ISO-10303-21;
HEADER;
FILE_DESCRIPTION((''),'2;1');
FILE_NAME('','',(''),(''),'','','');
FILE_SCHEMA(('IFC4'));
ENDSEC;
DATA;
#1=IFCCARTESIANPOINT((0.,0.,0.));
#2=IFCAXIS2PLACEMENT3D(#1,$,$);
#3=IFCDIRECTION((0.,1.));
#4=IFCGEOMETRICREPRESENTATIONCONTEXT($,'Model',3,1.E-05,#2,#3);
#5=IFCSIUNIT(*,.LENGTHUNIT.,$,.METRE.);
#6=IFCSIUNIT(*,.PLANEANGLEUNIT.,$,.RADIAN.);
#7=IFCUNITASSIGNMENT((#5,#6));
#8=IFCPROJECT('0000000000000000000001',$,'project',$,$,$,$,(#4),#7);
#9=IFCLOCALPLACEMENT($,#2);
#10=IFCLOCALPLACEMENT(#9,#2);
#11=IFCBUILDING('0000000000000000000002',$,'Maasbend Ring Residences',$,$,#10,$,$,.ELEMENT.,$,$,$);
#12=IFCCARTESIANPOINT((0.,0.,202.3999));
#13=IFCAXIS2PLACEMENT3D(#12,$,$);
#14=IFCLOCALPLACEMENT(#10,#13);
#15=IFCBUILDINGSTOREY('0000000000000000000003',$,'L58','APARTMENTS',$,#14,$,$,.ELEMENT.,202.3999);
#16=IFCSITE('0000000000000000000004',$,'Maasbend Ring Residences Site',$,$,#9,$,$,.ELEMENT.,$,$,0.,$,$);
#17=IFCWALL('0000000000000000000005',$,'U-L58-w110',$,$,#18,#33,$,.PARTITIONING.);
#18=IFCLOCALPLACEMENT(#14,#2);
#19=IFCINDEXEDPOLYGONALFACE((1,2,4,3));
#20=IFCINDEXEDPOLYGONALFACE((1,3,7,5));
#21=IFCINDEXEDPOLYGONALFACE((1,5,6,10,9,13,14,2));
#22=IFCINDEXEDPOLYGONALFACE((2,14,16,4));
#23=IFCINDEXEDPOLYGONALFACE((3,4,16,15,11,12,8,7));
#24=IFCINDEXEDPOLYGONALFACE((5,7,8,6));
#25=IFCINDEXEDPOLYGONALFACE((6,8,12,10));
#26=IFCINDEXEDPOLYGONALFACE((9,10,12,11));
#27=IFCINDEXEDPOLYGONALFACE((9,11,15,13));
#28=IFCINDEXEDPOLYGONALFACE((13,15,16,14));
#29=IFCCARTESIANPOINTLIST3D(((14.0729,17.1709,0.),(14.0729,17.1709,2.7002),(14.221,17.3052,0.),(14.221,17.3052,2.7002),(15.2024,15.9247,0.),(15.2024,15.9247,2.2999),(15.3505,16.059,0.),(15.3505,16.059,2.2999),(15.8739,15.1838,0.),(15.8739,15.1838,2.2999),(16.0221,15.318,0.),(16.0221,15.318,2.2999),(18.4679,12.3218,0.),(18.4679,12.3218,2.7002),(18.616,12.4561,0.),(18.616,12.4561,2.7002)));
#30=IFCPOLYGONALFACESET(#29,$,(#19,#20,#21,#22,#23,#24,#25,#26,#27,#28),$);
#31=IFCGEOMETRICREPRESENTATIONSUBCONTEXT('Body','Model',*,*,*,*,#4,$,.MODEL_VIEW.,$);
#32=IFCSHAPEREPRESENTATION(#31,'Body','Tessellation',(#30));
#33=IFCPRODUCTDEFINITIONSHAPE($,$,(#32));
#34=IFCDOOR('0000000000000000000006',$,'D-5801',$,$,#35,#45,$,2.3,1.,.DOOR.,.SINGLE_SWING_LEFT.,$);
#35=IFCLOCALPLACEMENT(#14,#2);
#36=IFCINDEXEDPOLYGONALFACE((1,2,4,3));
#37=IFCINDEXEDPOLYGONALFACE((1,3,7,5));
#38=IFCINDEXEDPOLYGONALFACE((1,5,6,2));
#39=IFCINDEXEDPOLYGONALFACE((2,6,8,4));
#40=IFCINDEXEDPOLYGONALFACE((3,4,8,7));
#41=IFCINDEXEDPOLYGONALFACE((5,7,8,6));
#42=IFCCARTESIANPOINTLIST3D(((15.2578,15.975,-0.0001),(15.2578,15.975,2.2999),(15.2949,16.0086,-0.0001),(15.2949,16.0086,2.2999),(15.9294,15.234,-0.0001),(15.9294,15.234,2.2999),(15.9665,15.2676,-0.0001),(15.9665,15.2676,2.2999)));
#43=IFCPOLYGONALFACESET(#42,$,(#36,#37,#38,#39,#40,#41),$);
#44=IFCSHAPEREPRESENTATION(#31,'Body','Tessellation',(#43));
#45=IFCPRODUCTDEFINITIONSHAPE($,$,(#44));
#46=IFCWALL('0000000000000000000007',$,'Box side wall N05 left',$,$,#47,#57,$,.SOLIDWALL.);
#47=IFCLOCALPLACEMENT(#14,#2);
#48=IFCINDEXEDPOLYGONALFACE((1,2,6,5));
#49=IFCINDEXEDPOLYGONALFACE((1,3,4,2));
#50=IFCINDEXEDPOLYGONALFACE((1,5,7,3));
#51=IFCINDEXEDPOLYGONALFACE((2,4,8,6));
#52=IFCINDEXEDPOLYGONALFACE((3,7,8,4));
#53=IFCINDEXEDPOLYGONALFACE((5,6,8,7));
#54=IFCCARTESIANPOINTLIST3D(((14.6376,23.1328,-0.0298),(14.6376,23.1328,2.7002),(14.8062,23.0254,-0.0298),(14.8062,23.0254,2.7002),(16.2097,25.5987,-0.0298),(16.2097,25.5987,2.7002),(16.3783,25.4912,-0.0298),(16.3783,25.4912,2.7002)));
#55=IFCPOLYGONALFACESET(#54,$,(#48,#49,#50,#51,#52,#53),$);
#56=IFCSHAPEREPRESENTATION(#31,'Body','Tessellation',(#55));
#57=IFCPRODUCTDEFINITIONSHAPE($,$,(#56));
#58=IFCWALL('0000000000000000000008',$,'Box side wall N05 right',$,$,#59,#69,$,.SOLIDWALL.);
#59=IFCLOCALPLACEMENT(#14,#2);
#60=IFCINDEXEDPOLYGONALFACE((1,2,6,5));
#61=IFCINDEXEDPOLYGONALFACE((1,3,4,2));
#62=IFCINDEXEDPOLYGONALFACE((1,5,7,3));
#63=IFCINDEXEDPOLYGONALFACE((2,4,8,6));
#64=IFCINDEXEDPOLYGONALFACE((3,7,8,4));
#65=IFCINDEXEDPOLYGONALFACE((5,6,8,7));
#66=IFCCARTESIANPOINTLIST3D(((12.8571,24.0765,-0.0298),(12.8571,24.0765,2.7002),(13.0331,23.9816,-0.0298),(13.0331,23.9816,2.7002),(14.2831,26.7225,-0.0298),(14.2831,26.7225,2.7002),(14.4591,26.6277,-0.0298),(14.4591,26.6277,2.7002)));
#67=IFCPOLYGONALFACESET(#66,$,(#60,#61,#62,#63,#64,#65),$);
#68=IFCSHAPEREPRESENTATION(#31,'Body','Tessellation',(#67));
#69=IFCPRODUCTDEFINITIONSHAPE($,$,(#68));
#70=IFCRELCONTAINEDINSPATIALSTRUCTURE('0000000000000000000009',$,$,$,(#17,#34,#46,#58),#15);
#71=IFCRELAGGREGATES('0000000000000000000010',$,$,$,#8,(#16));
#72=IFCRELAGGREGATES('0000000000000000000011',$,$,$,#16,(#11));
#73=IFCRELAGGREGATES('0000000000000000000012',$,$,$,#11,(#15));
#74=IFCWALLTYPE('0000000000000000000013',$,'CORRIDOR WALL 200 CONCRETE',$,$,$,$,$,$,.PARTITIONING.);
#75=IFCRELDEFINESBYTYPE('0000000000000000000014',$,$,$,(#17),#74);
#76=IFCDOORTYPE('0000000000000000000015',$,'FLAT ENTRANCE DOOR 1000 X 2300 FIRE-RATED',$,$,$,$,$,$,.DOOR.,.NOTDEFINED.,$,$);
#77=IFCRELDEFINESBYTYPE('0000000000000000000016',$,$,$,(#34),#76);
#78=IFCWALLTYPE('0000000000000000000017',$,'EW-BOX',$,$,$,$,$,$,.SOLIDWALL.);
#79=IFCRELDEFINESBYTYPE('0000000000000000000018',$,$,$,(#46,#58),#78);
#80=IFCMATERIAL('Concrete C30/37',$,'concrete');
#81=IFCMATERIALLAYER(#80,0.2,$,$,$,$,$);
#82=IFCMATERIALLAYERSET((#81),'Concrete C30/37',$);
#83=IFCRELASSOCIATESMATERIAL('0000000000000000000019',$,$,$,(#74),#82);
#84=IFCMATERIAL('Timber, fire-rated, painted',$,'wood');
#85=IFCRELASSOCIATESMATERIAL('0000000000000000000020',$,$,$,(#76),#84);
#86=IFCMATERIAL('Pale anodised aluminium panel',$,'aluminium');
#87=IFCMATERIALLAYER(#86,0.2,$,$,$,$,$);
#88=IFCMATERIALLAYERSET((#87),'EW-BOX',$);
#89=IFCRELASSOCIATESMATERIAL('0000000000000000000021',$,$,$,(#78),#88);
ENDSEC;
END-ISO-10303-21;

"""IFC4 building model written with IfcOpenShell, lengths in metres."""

from ifc_helpers import new_model, si_unit, direction, frame, frame_2d, origin, place, context, subcontext, project, spatial, rectangle, extrude, material, layer, layer_set, type_object, element, fill, save


model = new_model("IFC4")

# Units and contexts
model_context = context("Model", 3, precision=1e-05, world=origin(), true_north=direction((0.0, 1.0)))
body_context = subcontext(model_context, "Body", "Model", "MODEL_VIEW")
ifc_project = project(units=[si_unit("LENGTHUNIT", "METRE"), si_unit("PLANEANGLEUNIT", "RADIAN")], contexts=[model_context])

# Site, building, storey
site_placement = place(None, origin())
site = spatial("IfcSite", under=ifc_project, at=site_placement, Name="Maasbend Ring Residences Site", CompositionType="ELEMENT", RefElevation=0.0)
building_placement = place(site_placement, origin())
building = spatial("IfcBuilding", under=site, at=building_placement, Name="Maasbend Ring Residences", CompositionType="ELEMENT")
storey_placement = place(building_placement, frame((0.0, 0.0, 202.3999)))
storey = spatial("IfcBuildingStorey", under=building, at=storey_placement, Name="L58", Description="APARTMENTS", CompositionType="ELEMENT", Elevation=202.3999)

# Wall, opening, door
ifc_material_1 = material(Name="Concrete C30/37", Category="concrete")
ifc_layer_1 = layer(ifc_material_1, 0.2)
ifc_layer_set_1 = layer_set([ifc_layer_1], Name="Concrete C30/37")
wall_type_1 = type_object("IfcWallType", Name="CORRIDOR WALL 200 CONCRETE", PredefinedType="PARTITIONING", material=ifc_layer_set_1)
wall_1_placement = place(storey_placement, frame((14.147, 17.238, 0.0), z_axis=(0.0, 0.0, 1.0), x_axis=(0.671562, -0.740949, 0.0)))
wall_1 = element("IfcWall", 1, at=wall_1_placement, inside=storey, type_object=wall_type_1, Name="U-L58-w110", PredefinedType="PARTITIONING", context=body_context, shape_type="SweptSolid", body=[
    extrude(rectangle(XDim=6.5444, YDim=0.2, at=frame_2d((3.2722, 0.0))), origin(), (0.0, 0.0, 1.0), 2.7002),
])
opening_1_placement = place(wall_1_placement, frame((1.6819, 0.0, 0.0)))
opening_1 = element("IfcOpeningElement", 2, at=opening_1_placement, cuts=wall_1, PredefinedType="OPENING", context=body_context, shape_type="SweptSolid", body=[
    extrude(rectangle(XDim=1.0, YDim=2.3, at=frame_2d((0.5, 1.1499))), frame((0.0, 0.1099, 0.0), z_axis=(0.0, -1.0, 0.0), x_axis=(1.0, 0.0, 0.0)), (0.0, 0.0, 1.0), 0.22),
])
ifc_material_2 = material(Name="Timber, fire-rated, painted", Category="wood")
door_type_1 = type_object("IfcDoorType", Name="FLAT ENTRANCE DOOR 1000 X 2300 FIRE-RATED", OperationType="NOTDEFINED", PredefinedType="DOOR", material=ifc_material_2)
door_1_placement = place(opening_1_placement, origin())
door_1 = element("IfcDoor", 3, at=door_1_placement, inside=storey, type_object=door_type_1, Name="D-5801", OperationType="SINGLE_SWING_LEFT", OverallHeight=2.3, OverallWidth=1.0, PredefinedType="DOOR", context=body_context, shape_type="SweptSolid", body=[
    extrude(rectangle(XDim=1.0, YDim=2.3, at=frame_2d((0.5, 1.1499))), frame((0.0, 0.0249, 0.0), z_axis=(0.0, -1.0, 0.0), x_axis=(1.0, 0.0, 0.0)), (0.0, 0.0, 1.0), 0.05),
])
fill(opening_1, door_1)

# Walls
ifc_material_3 = material(Name="Pale anodised aluminium panel", Category="aluminium")
ifc_layer_2 = layer(ifc_material_3, 0.2)
ifc_layer_set_2 = layer_set([ifc_layer_2], Name="EW-BOX")
wall_type_2 = type_object("IfcWallType", Name="EW-BOX", PredefinedType="SOLIDWALL", material=ifc_layer_set_2)
wall_2_placement = place(storey_placement, frame((14.7219, 23.0791, -0.0298), z_axis=(0.0, 0.0, 1.0), x_axis=(0.537572, 0.843218, 0.0)))
element("IfcWall", 4, at=wall_2_placement, inside=storey, type_object=wall_type_2, Name="Box side wall N05 left", PredefinedType="SOLIDWALL", context=body_context, shape_type="SweptSolid", body=[
    extrude(rectangle(XDim=2.9243, YDim=0.2, at=frame_2d((1.4622, 0.0))), origin(), (0.0, 0.0, 1.0), 2.73),
])
wall_3_placement = place(storey_placement, frame((12.9451, 24.0291, -0.0298), z_axis=(0.0, 0.0, 1.0), x_axis=(0.474424, 0.880296, 0.0)))
element("IfcWall", 5, at=wall_3_placement, inside=storey, type_object=wall_type_2, Name="Box side wall N05 right", PredefinedType="SOLIDWALL", context=body_context, shape_type="SweptSolid", body=[
    extrude(rectangle(XDim=3.0059, YDim=0.2, at=frame_2d((1.5029, 0.0))), origin(), (0.0, 0.0, 1.0), 2.73),
])

save(model, "model.ifc")
